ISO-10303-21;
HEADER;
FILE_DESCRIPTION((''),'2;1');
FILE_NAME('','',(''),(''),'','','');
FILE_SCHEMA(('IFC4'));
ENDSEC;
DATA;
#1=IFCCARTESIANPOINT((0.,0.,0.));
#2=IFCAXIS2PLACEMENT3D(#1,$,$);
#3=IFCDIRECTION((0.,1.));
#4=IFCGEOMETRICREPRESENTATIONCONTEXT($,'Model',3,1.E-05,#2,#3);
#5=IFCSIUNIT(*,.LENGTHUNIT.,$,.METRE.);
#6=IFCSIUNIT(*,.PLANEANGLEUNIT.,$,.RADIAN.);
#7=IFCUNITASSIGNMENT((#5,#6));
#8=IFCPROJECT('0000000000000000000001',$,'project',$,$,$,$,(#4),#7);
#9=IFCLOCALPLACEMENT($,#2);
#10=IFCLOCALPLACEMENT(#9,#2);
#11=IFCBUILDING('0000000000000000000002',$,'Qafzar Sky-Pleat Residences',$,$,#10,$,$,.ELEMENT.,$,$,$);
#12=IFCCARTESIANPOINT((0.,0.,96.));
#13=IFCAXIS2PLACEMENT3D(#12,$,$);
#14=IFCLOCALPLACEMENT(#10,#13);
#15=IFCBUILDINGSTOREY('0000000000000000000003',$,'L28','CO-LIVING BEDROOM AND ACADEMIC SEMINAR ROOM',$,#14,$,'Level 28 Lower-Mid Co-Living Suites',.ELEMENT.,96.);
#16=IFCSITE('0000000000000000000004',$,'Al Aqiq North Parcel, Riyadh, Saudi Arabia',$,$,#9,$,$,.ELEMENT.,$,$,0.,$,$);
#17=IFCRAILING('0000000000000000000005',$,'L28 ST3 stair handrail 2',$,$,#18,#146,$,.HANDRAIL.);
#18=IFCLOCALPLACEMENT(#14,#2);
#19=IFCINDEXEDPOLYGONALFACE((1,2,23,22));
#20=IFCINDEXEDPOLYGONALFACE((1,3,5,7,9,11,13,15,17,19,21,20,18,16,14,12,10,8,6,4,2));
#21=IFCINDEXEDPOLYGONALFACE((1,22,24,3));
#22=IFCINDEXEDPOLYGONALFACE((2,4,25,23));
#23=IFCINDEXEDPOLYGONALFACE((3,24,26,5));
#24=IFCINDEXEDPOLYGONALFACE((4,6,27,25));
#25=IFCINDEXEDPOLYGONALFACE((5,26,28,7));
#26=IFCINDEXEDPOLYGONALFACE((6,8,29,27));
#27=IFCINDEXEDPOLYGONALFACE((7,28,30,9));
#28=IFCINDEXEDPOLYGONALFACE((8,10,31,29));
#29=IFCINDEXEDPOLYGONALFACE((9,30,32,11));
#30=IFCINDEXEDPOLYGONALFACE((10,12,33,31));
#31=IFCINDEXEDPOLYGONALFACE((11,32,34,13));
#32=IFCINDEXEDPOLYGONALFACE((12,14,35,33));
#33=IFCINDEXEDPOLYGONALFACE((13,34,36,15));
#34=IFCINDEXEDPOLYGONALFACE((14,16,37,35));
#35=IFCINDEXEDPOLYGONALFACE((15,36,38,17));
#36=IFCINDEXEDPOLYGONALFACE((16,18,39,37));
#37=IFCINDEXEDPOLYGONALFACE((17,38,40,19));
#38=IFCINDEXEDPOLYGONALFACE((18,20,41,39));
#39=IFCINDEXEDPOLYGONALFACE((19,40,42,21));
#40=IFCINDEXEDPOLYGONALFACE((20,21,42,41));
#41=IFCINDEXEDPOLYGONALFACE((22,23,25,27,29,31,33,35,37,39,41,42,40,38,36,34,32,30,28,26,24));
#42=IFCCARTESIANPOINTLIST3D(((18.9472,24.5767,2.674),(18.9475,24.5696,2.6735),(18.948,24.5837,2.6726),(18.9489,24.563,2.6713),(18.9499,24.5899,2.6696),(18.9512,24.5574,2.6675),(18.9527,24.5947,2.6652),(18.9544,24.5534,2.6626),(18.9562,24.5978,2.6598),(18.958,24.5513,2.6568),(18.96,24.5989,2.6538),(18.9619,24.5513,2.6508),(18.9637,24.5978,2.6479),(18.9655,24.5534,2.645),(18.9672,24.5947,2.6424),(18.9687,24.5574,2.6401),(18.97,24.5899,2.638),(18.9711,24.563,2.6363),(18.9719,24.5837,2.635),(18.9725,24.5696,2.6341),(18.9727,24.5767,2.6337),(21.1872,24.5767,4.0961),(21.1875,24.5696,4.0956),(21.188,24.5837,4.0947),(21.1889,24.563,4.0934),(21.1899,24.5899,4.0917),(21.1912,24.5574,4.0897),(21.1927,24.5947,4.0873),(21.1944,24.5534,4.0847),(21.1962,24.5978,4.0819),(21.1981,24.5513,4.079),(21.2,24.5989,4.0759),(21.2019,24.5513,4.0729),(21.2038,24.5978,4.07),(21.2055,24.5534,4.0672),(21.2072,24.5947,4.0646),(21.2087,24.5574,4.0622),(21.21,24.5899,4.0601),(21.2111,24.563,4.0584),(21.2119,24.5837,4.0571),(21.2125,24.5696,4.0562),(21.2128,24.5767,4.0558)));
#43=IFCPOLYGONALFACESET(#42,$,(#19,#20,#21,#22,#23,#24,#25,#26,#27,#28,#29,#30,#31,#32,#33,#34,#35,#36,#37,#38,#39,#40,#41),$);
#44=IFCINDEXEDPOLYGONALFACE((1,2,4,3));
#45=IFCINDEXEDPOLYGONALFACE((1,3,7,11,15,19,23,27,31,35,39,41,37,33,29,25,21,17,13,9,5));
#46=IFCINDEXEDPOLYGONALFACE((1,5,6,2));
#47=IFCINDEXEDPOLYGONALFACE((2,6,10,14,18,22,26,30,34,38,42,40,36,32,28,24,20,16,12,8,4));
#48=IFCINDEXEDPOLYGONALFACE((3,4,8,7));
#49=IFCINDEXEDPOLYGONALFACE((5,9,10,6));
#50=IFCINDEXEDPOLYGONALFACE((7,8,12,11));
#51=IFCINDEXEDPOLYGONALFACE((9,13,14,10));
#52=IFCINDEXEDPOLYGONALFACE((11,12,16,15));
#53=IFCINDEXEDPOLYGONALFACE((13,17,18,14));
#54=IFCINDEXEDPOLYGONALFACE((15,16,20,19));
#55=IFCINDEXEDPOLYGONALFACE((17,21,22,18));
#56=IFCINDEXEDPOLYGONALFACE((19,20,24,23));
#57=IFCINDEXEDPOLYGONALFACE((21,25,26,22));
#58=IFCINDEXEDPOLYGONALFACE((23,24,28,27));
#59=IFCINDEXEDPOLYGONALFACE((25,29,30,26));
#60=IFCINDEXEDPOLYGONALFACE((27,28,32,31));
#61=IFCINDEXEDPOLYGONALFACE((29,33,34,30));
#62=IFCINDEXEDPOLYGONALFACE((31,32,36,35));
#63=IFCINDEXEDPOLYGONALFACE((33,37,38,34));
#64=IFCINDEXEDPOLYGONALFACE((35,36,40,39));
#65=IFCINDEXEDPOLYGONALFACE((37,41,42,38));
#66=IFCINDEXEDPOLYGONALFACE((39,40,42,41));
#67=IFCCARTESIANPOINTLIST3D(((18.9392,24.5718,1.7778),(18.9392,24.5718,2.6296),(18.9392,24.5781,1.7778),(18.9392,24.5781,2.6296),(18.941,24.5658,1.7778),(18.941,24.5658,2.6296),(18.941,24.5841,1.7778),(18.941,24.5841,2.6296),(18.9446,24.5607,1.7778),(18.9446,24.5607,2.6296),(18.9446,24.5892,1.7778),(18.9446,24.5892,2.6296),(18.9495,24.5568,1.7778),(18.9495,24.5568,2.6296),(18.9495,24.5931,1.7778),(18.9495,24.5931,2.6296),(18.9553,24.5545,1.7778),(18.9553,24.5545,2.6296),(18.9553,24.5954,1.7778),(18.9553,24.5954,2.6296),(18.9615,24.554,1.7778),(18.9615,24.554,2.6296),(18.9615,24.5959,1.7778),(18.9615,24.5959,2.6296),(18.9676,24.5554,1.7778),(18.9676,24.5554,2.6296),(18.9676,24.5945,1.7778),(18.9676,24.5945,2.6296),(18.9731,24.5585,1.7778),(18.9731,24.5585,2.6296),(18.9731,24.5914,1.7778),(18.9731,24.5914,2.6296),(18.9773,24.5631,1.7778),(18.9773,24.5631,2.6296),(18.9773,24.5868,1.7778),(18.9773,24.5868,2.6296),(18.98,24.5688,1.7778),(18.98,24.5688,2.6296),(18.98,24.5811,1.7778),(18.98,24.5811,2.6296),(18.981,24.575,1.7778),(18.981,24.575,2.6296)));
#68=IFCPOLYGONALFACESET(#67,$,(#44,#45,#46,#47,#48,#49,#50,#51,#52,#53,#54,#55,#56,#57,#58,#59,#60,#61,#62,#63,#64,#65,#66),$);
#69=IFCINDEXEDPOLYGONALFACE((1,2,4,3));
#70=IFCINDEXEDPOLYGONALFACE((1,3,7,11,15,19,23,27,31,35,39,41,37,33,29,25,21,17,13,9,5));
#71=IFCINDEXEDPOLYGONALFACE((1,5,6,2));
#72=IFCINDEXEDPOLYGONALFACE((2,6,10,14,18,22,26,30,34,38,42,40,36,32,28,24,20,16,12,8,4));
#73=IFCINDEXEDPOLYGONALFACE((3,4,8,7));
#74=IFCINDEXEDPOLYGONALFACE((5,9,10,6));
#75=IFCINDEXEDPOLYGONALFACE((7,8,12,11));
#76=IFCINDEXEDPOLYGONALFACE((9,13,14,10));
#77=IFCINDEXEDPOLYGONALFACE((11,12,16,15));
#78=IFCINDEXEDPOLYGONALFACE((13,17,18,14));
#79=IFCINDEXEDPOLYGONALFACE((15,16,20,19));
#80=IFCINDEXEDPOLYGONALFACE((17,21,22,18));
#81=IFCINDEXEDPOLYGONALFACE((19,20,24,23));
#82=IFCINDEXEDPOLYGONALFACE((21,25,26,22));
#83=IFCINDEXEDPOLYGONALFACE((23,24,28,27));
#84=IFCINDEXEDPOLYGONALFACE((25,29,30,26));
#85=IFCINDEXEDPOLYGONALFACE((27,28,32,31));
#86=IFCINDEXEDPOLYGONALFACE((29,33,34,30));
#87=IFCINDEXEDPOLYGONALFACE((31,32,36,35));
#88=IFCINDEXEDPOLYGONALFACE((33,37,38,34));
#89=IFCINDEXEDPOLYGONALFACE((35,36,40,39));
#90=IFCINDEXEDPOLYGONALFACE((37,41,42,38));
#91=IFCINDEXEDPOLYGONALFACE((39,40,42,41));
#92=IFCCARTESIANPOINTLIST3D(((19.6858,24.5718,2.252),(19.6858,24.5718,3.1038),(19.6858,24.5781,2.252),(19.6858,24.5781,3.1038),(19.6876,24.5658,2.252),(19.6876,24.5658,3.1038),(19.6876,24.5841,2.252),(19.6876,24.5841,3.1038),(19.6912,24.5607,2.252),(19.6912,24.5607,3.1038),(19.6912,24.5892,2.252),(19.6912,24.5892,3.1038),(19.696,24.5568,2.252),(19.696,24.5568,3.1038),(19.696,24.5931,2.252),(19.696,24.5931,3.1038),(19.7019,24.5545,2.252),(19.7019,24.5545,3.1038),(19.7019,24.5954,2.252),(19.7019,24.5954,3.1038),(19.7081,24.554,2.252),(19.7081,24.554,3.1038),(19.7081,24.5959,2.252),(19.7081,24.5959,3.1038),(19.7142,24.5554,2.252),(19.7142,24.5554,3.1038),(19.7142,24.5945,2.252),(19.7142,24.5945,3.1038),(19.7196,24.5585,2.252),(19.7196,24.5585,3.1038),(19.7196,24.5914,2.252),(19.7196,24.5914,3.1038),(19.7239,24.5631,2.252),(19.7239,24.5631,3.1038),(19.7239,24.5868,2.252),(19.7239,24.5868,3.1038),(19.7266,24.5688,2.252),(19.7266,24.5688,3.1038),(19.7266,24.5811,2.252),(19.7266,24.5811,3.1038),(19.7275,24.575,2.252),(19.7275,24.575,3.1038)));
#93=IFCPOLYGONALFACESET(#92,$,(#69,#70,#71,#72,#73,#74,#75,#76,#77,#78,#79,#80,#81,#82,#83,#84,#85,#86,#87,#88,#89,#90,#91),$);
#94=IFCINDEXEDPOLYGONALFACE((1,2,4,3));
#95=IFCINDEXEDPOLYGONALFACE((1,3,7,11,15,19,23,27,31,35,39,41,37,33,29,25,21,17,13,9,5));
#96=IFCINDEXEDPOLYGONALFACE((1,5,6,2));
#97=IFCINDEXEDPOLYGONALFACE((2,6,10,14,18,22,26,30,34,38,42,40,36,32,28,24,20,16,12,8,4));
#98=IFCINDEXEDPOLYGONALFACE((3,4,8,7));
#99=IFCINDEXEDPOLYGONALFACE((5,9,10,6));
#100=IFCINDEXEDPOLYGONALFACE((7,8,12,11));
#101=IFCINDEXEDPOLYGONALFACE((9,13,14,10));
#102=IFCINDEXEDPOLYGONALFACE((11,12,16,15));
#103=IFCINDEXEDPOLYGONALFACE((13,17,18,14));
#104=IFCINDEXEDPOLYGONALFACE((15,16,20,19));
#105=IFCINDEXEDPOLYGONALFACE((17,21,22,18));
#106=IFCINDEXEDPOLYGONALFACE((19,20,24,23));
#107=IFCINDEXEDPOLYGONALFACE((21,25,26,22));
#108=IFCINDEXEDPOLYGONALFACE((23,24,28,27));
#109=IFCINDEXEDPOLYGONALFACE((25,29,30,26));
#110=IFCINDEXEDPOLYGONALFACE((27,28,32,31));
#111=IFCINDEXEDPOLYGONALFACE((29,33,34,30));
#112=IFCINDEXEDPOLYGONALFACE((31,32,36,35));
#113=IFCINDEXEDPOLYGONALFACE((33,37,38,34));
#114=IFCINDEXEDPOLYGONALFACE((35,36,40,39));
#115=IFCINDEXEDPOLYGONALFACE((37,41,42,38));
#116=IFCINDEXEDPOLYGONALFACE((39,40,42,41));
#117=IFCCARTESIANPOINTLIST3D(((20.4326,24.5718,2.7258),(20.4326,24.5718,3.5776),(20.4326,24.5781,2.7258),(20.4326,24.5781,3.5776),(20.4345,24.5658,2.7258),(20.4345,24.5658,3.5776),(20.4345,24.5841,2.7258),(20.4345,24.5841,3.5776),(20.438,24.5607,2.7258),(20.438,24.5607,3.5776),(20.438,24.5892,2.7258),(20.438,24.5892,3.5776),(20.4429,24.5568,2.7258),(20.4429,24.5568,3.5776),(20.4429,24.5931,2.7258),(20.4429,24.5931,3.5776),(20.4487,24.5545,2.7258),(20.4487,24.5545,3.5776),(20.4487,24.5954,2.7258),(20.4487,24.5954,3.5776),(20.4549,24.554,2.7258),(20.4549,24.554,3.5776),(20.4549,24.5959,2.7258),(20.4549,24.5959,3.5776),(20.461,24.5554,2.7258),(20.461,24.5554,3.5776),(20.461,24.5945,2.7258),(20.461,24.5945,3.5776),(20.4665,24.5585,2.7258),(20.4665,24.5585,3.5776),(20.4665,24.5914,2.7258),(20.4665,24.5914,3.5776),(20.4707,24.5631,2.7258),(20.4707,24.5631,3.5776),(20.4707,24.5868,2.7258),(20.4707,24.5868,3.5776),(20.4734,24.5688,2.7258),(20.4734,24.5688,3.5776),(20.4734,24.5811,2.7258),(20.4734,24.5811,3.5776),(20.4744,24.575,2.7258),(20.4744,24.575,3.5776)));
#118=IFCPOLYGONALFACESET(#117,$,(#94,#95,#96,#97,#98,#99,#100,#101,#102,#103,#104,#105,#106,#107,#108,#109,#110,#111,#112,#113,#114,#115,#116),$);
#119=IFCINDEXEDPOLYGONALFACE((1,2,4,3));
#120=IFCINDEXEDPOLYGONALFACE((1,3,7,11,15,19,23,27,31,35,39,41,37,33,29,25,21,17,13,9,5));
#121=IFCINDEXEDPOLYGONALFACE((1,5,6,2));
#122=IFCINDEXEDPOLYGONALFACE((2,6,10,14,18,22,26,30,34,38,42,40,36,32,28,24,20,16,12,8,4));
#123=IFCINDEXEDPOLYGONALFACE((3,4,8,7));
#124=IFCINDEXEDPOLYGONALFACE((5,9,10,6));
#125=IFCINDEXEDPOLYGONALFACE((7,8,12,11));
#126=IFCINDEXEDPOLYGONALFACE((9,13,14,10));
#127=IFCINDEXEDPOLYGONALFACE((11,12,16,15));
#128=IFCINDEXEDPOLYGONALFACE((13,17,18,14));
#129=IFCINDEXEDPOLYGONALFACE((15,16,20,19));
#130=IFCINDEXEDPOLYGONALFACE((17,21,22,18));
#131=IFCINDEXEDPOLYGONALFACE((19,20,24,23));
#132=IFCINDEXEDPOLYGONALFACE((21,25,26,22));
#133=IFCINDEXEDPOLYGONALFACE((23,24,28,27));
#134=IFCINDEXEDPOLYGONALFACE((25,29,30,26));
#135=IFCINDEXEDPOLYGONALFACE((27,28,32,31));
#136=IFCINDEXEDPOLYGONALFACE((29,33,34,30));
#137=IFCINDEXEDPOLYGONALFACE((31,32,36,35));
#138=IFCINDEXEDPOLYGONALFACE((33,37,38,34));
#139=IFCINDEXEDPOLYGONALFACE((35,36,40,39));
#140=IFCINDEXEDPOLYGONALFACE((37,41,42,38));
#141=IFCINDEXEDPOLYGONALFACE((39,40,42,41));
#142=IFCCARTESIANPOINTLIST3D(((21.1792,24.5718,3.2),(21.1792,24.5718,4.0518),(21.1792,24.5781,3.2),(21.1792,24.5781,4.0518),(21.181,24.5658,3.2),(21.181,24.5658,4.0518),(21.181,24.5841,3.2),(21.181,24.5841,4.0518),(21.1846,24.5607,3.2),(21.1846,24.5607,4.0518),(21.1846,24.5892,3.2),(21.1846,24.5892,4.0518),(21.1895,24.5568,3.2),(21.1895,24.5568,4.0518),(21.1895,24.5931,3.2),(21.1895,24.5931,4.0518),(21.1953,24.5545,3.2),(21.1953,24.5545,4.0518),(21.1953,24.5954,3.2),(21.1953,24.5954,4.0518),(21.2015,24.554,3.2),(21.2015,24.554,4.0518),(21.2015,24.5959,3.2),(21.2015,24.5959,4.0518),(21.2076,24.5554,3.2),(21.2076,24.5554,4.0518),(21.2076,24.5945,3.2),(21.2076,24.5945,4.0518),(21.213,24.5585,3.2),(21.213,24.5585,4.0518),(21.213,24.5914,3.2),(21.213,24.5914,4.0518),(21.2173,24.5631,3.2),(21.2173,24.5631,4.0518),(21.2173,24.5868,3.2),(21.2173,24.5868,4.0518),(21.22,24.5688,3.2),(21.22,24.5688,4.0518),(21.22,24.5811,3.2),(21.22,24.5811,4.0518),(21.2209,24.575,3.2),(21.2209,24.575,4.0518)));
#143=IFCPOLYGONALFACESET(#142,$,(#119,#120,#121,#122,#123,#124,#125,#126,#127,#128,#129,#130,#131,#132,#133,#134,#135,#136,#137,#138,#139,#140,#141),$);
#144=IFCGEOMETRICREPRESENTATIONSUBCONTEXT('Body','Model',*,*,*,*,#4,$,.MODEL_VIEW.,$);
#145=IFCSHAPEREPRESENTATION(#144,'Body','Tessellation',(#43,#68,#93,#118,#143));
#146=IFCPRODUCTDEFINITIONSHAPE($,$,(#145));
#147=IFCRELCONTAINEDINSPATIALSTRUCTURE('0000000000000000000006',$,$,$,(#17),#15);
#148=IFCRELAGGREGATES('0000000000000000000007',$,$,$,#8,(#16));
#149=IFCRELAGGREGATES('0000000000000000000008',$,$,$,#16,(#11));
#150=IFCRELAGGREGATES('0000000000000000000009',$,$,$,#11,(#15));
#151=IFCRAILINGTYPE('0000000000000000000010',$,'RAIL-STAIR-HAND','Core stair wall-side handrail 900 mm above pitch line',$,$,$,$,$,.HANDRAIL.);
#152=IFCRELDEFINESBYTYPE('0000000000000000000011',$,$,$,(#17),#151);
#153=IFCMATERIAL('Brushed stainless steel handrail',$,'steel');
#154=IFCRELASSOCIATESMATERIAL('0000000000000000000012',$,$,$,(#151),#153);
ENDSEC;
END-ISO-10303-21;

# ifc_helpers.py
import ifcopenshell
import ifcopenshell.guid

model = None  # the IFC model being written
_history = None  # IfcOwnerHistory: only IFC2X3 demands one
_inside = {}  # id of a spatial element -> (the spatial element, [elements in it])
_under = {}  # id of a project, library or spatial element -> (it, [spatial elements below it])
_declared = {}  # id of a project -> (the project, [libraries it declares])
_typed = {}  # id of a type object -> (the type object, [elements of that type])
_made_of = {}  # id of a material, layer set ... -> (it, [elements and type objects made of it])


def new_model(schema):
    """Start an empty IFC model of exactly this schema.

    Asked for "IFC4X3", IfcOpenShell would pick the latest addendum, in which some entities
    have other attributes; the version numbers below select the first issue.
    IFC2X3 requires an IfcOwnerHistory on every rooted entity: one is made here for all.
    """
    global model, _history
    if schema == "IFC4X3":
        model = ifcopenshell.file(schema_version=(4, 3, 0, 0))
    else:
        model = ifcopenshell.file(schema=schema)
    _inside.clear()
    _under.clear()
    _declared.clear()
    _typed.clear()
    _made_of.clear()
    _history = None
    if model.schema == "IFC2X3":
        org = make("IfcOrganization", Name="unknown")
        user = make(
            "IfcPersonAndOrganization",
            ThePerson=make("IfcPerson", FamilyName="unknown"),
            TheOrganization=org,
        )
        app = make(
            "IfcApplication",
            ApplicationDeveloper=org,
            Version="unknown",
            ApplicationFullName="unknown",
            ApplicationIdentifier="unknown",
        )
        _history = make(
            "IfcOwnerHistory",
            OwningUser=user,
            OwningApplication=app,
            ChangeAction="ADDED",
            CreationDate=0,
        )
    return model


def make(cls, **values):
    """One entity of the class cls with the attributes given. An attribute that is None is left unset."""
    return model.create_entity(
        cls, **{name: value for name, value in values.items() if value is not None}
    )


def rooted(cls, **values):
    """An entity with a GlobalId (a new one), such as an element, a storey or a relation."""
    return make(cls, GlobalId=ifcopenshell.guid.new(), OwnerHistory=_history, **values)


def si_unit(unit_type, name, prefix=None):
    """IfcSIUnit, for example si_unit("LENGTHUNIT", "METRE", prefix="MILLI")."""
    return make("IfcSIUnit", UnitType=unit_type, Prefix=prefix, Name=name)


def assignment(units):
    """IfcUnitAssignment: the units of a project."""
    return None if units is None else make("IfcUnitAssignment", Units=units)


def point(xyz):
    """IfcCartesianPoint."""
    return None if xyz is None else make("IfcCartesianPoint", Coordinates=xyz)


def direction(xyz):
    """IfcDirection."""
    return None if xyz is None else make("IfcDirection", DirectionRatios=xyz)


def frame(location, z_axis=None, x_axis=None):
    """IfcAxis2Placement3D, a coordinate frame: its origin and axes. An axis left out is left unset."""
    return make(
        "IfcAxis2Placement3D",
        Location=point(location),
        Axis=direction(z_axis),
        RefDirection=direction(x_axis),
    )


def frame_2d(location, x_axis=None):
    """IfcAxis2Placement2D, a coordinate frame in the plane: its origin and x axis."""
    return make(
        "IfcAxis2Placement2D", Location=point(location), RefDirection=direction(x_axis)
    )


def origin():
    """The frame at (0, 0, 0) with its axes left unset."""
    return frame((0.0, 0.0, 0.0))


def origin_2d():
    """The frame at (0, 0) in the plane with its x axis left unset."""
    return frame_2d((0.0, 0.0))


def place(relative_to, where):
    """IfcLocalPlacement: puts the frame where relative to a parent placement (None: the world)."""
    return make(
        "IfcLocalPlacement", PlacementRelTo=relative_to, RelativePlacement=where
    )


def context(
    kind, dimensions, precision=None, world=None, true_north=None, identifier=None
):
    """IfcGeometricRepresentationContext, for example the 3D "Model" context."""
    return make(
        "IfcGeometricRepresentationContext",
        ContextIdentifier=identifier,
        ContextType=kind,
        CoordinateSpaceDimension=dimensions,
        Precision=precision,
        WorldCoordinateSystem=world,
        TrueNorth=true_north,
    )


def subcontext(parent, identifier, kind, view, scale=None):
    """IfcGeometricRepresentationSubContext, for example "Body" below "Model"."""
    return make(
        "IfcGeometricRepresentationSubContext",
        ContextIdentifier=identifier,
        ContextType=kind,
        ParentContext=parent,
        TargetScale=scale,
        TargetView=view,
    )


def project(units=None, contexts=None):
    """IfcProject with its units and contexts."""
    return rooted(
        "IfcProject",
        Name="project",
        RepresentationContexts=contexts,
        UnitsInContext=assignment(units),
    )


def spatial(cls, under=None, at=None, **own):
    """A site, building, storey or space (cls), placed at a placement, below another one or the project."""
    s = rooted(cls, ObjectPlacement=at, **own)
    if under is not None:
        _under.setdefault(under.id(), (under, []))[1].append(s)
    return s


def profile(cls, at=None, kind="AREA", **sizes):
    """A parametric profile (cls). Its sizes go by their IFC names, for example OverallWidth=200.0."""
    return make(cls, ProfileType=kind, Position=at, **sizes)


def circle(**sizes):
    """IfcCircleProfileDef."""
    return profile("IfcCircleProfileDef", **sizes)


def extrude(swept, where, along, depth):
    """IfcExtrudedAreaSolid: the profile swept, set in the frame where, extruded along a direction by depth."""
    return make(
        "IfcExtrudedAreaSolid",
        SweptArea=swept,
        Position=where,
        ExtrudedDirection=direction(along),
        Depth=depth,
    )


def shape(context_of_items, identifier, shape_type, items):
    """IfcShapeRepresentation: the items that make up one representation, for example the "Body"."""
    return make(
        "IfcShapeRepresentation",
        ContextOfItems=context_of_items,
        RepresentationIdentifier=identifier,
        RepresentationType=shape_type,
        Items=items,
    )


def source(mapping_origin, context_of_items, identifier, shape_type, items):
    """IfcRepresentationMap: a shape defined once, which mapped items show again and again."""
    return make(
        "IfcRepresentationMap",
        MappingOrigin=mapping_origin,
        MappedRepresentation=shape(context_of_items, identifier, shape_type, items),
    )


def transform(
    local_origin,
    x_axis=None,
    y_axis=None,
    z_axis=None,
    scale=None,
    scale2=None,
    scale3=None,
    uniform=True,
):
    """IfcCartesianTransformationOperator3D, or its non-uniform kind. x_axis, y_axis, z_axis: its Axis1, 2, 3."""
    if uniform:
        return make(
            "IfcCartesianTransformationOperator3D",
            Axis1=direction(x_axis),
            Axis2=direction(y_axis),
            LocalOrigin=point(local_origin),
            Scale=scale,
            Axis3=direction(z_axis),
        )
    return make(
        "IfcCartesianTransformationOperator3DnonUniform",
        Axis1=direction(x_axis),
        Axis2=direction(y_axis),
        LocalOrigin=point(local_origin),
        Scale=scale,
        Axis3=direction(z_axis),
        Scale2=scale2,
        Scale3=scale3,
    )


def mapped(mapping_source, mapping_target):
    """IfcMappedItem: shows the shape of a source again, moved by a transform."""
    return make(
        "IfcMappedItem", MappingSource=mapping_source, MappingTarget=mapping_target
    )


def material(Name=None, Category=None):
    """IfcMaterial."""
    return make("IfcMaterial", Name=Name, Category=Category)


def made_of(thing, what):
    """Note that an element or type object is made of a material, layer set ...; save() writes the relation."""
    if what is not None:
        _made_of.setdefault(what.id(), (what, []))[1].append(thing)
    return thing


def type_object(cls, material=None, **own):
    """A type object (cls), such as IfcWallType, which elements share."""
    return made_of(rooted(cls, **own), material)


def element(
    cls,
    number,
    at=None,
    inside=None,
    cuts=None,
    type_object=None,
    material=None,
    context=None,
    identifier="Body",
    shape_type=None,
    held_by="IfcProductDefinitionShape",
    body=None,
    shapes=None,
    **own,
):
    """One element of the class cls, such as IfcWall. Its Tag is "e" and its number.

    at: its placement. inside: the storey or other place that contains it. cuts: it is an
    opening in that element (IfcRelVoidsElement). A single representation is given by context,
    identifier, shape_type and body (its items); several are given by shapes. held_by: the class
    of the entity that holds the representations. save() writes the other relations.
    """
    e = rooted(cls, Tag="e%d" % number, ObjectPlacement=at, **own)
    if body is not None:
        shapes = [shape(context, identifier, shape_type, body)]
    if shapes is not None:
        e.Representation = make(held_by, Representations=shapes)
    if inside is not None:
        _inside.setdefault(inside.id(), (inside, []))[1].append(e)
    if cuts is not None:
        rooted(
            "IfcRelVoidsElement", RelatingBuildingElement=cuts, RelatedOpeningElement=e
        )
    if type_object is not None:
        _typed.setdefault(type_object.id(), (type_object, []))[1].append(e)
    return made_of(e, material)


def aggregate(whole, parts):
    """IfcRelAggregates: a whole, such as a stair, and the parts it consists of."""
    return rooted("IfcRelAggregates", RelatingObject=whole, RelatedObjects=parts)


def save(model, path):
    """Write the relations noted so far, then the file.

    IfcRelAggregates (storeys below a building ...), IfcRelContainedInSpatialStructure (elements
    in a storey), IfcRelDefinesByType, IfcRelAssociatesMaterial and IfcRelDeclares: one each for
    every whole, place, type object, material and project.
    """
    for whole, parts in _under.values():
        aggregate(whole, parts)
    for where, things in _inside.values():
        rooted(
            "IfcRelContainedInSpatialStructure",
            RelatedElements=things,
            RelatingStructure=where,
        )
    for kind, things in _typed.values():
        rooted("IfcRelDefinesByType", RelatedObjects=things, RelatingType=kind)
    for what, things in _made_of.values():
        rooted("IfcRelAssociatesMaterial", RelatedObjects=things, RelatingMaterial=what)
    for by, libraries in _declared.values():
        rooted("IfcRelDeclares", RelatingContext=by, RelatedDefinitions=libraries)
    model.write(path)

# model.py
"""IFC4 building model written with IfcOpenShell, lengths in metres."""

from ifc_helpers import new_model, si_unit, direction, frame, origin, origin_2d, place, context, subcontext, project, spatial, circle, extrude, source, transform, mapped, material, type_object, element, save


model = new_model("IFC4")

# Units and contexts
model_context = context("Model", 3, precision=1e-05, world=origin(), true_north=direction((0.0, 1.0)))
body_context = subcontext(model_context, "Body", "Model", "MODEL_VIEW")
ifc_project = project(units=[si_unit("LENGTHUNIT", "METRE"), si_unit("PLANEANGLEUNIT", "RADIAN")], contexts=[model_context])

# Site, building, storey
site_placement = place(None, origin())
site = spatial("IfcSite", under=ifc_project, at=site_placement, Name="Al Aqiq North Parcel, Riyadh, Saudi Arabia", CompositionType="ELEMENT", RefElevation=0.0)
building_placement = place(site_placement, origin())
building = spatial("IfcBuilding", under=site, at=building_placement, Name="Qafzar Sky-Pleat Residences", CompositionType="ELEMENT")
storey_placement = place(building_placement, frame((0.0, 0.0, 96.0)))
storey = spatial("IfcBuildingStorey", under=building, at=storey_placement, Name="L28", Description="CO-LIVING BEDROOM AND ACADEMIC SEMINAR ROOM", LongName="Level 28 Lower-Mid Co-Living Suites", CompositionType="ELEMENT", Elevation=96.0)

# Railing
ifc_material_1 = material(Name="Brushed stainless steel handrail", Category="steel")
railing_type_1 = type_object("IfcRailingType", Name="RAIL-STAIR-HAND", Description="Core stair wall-side handrail 900 mm above pitch line", PredefinedType="HANDRAIL", material=ifc_material_1)
shared_shape_1 = source(origin(), body_context, "Body", "SweptSolid", [
    extrude(circle(Radius=0.0239, at=origin_2d()), frame((0.0, 0.0, 0.876), z_axis=(0.844229, 0.0, 0.535982), x_axis=(0.0, 1.0, 0.0)), (0.0, 0.0, 1.0), 2.6533),
    extrude(circle(Radius=0.021, at=origin_2d()), origin(), (0.0, 0.0, 1.0), 0.8518),
    extrude(circle(Radius=0.021, at=origin_2d()), frame((0.7466, 0.0, 0.4741)), (0.0, 0.0, 1.0), 0.8518),
    extrude(circle(Radius=0.021, at=origin_2d()), frame((1.4934, 0.0, 0.948)), (0.0, 0.0, 1.0), 0.8518),
    extrude(circle(Radius=0.021, at=origin_2d()), frame((2.24, 0.0, 1.4221)), (0.0, 0.0, 1.0), 0.8518),
])
railing_1_placement = place(storey_placement, frame((18.96, 24.575, 1.7778)))
element("IfcRailing", 1, at=railing_1_placement, inside=storey, type_object=railing_type_1, Name="L28 ST3 stair handrail 2", PredefinedType="HANDRAIL", context=body_context, shape_type="MappedRepresentation", body=[
    mapped(shared_shape_1, transform((0.0, 0.0, 0.0), x_axis=(1.0, 0.0, 0.0), y_axis=(0.0, 1.0, 0.0), z_axis=(0.0, 0.0, 1.0), scale=1.0)),
])

save(model, "model.ifc")
